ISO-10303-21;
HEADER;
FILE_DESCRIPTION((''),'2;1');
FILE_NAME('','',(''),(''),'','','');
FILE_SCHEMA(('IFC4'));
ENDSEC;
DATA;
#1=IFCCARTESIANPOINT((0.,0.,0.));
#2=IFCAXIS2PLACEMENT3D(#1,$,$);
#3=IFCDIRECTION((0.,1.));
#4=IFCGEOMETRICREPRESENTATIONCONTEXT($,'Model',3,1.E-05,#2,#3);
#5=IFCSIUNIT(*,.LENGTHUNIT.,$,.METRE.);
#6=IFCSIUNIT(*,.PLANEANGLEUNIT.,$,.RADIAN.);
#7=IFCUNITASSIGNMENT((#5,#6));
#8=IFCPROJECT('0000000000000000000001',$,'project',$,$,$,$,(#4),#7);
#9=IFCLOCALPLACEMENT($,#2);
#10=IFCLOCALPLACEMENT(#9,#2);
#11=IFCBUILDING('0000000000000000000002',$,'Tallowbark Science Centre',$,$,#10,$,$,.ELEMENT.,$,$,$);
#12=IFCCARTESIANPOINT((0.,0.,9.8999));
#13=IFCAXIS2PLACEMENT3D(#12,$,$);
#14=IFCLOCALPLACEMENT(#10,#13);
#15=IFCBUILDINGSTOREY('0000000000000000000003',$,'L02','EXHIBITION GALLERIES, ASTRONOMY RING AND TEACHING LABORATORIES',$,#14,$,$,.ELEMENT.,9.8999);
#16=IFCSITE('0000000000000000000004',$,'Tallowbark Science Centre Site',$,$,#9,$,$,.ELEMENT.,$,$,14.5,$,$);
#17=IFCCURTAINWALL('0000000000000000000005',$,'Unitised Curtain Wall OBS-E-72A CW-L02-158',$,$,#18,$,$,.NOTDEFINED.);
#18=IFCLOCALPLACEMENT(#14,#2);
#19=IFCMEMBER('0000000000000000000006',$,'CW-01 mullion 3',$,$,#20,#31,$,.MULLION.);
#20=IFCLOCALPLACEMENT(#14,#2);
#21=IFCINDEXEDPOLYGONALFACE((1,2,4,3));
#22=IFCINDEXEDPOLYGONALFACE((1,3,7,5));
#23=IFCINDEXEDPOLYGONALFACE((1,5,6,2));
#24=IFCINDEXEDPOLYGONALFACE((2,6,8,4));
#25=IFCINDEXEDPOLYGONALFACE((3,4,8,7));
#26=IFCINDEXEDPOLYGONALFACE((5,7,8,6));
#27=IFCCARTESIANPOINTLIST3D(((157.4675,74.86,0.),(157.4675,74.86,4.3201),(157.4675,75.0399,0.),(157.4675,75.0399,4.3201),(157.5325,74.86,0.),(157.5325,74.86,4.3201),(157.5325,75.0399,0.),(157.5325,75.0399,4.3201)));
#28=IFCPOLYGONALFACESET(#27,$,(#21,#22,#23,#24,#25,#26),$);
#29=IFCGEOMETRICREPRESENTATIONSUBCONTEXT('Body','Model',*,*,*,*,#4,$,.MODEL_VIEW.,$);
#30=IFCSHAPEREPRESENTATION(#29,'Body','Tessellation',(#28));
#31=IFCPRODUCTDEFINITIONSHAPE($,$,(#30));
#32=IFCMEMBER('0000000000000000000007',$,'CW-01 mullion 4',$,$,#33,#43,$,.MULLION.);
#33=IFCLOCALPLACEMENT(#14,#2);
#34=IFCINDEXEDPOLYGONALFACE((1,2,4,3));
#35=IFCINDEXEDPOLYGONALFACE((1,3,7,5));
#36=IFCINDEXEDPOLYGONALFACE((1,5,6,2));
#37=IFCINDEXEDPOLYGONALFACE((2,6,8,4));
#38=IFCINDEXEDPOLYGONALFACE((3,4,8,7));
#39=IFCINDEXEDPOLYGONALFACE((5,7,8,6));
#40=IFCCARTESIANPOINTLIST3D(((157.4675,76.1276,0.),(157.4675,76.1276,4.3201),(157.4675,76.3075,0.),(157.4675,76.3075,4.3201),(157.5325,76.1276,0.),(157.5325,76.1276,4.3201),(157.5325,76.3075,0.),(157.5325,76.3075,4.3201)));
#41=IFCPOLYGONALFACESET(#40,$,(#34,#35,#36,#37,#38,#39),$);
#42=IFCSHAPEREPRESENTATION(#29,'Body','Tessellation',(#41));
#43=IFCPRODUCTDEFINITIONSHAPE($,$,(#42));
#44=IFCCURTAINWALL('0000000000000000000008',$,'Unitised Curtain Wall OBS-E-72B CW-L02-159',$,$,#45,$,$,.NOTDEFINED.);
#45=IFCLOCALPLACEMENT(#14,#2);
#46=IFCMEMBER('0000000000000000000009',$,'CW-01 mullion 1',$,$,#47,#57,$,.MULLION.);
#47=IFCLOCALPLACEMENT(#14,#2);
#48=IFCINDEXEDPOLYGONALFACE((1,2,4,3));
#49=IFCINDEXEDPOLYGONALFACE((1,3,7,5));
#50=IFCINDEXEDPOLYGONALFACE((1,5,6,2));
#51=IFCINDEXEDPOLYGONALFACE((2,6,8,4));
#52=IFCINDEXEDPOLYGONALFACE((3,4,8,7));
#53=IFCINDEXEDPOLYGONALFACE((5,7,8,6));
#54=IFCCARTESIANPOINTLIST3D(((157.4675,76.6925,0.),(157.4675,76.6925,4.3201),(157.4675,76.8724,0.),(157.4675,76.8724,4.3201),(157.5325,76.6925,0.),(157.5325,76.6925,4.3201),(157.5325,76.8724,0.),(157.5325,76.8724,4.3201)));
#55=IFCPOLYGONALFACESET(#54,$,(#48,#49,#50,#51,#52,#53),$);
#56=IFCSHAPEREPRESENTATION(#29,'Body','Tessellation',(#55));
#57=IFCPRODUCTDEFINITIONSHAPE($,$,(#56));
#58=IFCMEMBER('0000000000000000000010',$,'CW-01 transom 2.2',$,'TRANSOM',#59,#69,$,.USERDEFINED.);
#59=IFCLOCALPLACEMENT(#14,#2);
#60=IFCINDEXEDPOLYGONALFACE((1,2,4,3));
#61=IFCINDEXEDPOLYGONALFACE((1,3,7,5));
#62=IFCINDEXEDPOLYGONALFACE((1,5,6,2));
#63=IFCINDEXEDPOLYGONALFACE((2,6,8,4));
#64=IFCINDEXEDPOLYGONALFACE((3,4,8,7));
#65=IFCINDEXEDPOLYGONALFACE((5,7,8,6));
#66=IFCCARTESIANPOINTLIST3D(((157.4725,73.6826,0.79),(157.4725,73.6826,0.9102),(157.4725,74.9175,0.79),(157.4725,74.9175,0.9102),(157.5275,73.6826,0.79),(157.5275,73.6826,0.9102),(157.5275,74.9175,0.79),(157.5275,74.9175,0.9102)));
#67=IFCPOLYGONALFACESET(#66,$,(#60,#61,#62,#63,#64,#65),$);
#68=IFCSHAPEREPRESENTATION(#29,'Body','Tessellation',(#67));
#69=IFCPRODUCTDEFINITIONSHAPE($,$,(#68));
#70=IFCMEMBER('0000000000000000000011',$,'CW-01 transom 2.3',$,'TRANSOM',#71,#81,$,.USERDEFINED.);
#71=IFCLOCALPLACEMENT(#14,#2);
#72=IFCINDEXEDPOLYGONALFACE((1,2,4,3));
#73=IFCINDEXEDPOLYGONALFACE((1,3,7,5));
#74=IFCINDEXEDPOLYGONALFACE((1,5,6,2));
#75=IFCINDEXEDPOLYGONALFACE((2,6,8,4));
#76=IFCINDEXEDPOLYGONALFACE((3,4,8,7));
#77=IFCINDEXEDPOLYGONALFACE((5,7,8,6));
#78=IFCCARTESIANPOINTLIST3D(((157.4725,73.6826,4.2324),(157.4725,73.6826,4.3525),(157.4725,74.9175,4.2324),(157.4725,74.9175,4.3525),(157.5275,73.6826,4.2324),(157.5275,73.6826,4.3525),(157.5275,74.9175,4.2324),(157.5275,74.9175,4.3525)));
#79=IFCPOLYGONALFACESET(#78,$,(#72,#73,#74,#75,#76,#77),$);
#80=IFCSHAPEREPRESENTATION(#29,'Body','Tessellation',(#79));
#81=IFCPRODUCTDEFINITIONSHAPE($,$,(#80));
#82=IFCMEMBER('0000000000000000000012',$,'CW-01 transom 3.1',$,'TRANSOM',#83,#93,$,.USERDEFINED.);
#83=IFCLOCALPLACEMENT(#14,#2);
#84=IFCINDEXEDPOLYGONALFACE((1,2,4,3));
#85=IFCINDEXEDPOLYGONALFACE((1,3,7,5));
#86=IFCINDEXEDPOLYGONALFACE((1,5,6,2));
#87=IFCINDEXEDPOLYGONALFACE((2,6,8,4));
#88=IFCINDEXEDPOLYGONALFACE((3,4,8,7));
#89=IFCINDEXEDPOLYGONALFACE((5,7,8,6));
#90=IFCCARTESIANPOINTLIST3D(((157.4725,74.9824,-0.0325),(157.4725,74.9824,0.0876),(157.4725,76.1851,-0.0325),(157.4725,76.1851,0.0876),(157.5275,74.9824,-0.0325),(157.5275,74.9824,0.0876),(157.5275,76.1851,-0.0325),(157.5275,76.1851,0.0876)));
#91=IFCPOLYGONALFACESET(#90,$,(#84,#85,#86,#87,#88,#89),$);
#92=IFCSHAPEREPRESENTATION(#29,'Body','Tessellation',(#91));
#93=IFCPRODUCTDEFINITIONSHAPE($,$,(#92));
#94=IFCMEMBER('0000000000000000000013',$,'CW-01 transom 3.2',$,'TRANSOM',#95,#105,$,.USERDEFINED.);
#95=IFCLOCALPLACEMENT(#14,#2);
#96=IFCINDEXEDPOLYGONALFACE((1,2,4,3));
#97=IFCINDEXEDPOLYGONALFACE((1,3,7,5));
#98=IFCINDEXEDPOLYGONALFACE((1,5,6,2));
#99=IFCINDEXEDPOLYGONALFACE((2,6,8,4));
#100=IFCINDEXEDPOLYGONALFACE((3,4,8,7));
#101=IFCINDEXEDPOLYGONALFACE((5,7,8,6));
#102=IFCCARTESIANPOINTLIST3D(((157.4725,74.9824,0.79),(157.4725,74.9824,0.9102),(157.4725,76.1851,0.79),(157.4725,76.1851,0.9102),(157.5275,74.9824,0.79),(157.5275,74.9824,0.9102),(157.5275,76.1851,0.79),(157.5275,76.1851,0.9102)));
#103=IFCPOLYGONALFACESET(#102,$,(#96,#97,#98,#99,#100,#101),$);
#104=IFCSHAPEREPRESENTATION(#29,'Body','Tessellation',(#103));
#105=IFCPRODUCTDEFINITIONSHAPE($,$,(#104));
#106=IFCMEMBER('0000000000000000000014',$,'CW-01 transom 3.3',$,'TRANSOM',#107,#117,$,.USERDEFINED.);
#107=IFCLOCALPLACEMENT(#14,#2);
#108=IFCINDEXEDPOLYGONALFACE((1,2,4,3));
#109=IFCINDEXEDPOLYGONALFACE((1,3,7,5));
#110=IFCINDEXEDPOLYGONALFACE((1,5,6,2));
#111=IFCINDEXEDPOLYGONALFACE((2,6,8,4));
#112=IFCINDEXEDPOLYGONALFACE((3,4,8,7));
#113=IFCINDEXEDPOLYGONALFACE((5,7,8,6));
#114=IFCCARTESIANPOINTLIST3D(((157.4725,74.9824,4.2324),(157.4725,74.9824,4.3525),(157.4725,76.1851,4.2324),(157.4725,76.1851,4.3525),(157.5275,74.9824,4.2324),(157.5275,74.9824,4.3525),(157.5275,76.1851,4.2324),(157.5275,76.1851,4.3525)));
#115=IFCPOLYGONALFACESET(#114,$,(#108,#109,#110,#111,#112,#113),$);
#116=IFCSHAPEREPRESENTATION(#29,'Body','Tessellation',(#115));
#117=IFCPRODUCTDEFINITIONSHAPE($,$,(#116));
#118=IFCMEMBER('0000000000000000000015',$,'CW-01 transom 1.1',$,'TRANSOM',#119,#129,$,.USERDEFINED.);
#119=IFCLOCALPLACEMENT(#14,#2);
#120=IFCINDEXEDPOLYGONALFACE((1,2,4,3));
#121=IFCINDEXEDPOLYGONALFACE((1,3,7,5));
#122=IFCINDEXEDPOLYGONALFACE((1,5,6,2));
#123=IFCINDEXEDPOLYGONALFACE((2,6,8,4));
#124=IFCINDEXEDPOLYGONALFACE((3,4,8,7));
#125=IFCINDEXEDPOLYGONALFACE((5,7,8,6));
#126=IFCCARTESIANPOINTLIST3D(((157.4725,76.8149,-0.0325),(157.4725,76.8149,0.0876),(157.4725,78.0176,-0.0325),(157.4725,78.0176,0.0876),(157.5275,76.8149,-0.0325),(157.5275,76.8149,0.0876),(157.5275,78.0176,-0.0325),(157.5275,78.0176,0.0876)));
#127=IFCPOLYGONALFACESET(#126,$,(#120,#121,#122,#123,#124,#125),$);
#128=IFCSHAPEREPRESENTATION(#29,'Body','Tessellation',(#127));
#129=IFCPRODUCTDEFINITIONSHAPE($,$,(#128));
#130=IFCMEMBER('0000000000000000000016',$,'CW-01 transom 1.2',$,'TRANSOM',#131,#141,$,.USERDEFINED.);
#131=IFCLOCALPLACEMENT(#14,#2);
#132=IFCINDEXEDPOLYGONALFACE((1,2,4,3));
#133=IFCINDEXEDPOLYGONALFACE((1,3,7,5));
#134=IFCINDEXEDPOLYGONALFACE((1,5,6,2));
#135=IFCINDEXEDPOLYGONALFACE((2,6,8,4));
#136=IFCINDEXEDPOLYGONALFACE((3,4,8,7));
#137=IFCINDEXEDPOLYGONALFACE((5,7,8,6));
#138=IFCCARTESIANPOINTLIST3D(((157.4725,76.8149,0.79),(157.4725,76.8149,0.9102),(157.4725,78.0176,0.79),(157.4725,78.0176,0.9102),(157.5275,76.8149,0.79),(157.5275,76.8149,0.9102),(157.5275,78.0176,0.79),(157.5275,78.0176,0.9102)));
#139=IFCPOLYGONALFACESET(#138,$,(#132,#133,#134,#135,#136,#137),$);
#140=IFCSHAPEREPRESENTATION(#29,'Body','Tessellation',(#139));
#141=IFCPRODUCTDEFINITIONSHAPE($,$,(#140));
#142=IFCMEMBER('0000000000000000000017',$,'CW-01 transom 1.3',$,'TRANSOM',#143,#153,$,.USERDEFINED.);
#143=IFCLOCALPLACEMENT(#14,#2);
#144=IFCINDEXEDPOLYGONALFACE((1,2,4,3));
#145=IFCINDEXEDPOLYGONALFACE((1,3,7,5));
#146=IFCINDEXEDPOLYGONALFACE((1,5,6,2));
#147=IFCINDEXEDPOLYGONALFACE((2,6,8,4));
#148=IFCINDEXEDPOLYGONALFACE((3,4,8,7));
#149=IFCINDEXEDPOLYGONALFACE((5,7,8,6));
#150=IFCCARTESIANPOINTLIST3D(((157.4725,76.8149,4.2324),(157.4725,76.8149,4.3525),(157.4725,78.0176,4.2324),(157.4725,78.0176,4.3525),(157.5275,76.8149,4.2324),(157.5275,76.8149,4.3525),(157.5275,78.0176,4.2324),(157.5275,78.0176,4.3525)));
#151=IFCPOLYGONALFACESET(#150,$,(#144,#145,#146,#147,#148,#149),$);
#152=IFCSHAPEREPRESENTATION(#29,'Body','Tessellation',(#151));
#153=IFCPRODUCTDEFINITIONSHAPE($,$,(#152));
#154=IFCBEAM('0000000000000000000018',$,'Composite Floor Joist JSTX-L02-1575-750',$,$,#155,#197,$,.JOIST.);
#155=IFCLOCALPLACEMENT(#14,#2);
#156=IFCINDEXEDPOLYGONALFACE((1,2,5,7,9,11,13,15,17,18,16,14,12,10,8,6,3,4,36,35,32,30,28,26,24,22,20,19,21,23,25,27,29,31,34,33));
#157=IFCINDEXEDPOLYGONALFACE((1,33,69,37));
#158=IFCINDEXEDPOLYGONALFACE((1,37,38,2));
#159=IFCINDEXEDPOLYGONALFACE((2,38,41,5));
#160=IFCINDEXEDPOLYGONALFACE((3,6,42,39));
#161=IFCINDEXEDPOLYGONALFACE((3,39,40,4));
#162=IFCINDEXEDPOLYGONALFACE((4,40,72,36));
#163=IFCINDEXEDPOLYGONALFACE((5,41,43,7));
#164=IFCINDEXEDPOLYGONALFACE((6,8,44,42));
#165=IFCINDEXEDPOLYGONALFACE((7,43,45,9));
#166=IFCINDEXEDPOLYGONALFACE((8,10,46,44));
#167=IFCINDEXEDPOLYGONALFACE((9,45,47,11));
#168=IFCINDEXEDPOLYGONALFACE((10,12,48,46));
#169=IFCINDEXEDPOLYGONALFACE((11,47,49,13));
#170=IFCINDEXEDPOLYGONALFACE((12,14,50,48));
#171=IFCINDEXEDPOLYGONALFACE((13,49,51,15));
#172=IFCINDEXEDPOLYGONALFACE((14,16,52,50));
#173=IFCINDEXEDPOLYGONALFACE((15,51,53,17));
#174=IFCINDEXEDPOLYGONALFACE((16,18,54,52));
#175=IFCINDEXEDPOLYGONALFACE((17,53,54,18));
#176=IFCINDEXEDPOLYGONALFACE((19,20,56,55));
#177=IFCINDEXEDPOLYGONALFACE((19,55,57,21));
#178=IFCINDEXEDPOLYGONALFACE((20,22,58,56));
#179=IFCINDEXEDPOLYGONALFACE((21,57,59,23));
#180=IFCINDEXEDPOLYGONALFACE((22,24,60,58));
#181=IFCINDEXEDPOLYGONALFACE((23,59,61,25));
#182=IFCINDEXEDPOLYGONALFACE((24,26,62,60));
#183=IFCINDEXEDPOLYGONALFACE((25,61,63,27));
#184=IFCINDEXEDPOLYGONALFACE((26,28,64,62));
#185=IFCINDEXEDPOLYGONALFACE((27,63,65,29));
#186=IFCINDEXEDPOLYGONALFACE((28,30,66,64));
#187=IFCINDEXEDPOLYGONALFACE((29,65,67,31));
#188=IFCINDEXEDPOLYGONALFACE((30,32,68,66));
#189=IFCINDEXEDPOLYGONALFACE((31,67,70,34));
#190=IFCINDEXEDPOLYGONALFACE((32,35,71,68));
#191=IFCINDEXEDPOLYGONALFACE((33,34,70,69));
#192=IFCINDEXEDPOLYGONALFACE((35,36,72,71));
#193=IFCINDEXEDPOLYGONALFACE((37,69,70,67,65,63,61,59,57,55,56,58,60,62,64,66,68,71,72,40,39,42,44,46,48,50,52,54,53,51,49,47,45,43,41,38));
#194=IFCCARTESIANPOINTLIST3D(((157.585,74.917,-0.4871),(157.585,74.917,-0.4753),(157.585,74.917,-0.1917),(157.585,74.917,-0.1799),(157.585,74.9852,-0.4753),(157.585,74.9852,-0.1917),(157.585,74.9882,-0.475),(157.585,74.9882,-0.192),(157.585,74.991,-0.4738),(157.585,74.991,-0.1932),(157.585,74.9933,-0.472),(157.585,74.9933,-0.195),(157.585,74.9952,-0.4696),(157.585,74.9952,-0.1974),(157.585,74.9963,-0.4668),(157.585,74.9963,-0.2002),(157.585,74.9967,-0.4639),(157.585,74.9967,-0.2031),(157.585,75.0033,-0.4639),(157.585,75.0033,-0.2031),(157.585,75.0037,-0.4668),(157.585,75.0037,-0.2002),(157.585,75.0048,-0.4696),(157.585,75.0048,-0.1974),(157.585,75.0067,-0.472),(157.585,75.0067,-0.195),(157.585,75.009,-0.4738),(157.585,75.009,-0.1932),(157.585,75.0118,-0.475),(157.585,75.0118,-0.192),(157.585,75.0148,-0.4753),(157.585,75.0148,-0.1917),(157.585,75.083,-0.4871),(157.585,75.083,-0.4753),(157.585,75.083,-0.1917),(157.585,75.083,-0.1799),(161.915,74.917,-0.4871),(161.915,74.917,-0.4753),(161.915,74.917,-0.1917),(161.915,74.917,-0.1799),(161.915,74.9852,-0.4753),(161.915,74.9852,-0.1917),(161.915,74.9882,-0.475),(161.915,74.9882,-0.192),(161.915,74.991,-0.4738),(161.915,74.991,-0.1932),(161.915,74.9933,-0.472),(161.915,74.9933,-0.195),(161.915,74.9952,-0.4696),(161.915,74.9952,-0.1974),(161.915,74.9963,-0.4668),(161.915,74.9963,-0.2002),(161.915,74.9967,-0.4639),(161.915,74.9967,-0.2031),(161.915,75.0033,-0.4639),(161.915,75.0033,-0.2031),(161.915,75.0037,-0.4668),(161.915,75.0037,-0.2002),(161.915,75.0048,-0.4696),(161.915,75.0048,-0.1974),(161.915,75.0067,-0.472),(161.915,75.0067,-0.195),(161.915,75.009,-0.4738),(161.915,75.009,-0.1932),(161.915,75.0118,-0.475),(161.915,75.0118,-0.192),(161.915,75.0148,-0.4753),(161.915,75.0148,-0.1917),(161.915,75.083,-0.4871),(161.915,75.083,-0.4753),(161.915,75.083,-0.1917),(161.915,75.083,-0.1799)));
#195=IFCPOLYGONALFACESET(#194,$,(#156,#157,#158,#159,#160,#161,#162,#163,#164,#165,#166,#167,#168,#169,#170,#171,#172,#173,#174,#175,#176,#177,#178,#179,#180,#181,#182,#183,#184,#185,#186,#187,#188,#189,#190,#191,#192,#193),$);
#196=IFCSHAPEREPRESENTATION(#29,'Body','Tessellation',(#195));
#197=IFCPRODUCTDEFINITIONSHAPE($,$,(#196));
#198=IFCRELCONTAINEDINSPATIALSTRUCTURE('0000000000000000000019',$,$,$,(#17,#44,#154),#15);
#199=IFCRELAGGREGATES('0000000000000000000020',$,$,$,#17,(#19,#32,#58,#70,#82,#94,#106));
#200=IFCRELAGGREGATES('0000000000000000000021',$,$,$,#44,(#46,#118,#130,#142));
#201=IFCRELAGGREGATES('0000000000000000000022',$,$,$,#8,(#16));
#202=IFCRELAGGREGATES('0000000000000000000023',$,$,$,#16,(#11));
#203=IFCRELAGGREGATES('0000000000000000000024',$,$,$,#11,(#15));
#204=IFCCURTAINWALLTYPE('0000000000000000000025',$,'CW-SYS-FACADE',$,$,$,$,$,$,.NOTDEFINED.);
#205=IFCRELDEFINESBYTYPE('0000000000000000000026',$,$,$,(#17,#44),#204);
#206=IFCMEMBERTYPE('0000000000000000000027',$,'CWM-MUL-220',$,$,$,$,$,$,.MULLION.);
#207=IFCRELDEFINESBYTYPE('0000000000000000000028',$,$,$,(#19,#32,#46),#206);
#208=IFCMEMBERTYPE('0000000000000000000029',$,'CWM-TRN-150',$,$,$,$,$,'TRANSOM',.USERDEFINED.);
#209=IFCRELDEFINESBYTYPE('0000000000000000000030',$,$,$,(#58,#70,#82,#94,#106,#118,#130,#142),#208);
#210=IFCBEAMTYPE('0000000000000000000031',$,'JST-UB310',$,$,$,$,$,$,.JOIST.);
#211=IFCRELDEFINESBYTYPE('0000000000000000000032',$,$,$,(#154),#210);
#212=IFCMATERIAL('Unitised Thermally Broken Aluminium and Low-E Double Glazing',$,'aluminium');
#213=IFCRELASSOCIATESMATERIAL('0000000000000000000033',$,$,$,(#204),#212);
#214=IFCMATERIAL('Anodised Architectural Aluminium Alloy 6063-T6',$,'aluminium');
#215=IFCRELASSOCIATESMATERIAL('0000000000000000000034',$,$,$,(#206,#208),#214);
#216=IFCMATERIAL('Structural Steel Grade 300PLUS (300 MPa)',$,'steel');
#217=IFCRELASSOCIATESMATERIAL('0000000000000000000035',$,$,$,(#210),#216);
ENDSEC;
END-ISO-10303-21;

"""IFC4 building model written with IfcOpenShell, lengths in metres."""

from ifc_helpers import new_model, si_unit, direction, frame, origin, origin_2d, place, context, subcontext, project, spatial, rectangle, i_section, extrude, material, material_profile, profile_set, type_object, element, aggregate, save


model = new_model("IFC4")

# Units and contexts
model_context = context("Model", 3, precision=1e-05, world=origin(), true_north=direction((0.0, 1.0)))
body_context = subcontext(model_context, "Body", "Model", "MODEL_VIEW")
ifc_project = project(units=[si_unit("LENGTHUNIT", "METRE"), si_unit("PLANEANGLEUNIT", "RADIAN")], contexts=[model_context])

# Site, building, storey
site_placement = place(None, origin())
site = spatial("IfcSite", under=ifc_project, at=site_placement, Name="Tallowbark Science Centre Site", CompositionType="ELEMENT", RefElevation=14.5)
building_placement = place(site_placement, origin())
building = spatial("IfcBuilding", under=site, at=building_placement, Name="Tallowbark Science Centre", CompositionType="ELEMENT")
storey_placement = place(building_placement, frame((0.0, 0.0, 9.8999)))
storey = spatial("IfcBuildingStorey", under=building, at=storey_placement, Name="L02", Description="EXHIBITION GALLERIES, ASTRONOMY RING AND TEACHING LABORATORIES", CompositionType="ELEMENT", Elevation=9.8999)

# Curtain wall, members
ifc_material_1 = material(Name="Unitised Thermally Broken Aluminium and Low-E Double Glazing", Category="aluminium")
curtain_wall_type = type_object("IfcCurtainWallType", Name="CW-SYS-FACADE", PredefinedType="NOTDEFINED", material=ifc_material_1)
curtain_wall_1_placement = place(storey_placement, origin())
curtain_wall_1 = element("IfcCurtainWall", 1, at=curtain_wall_1_placement, inside=storey, type_object=curtain_wall_type, Name="Unitised Curtain Wall OBS-E-72A CW-L02-158", PredefinedType="NOTDEFINED")
ifc_material_2 = material(Name="Anodised Architectural Aluminium Alloy 6063-T6", Category="aluminium")
ifc_material_profile_1 = material_profile(ifc_material_2, rectangle(XDim=0.0649, YDim=0.1799, at=origin_2d()), Name="ALU65x180")
ifc_profile_set_1 = profile_set([ifc_material_profile_1], Name="Anodised Architectural Aluminium Alloy 6063-T6")
member_type_1 = type_object("IfcMemberType", Name="CWM-MUL-220", PredefinedType="MULLION", material=ifc_profile_set_1)
member_1_placement = place(storey_placement, frame((157.5, 74.95, 0.0), z_axis=(0.0, 0.0, 1.0), x_axis=(-1.0, 0.0, 0.0)))
member_1 = element("IfcMember", 2, at=member_1_placement, type_object=member_type_1, Name="CW-01 mullion 3", PredefinedType="MULLION", context=body_context, shape_type="SweptSolid", body=[
    extrude(rectangle(XDim=0.0649, YDim=0.1799, at=origin_2d()), origin(), (0.0, 0.0, 1.0), 4.3201),
])
member_2_placement = place(storey_placement, frame((157.5, 76.2175, 0.0), z_axis=(0.0, 0.0, 1.0), x_axis=(-1.0, 0.0, 0.0)))
member_2 = element("IfcMember", 3, at=member_2_placement, type_object=member_type_1, Name="CW-01 mullion 4", PredefinedType="MULLION", context=body_context, shape_type="SweptSolid", body=[
    extrude(rectangle(XDim=0.0649, YDim=0.1799, at=origin_2d()), origin(), (0.0, 0.0, 1.0), 4.3201),
])

# Curtain wall, member
curtain_wall_2_placement = place(storey_placement, origin())
curtain_wall_2 = element("IfcCurtainWall", 4, at=curtain_wall_2_placement, inside=storey, type_object=curtain_wall_type, Name="Unitised Curtain Wall OBS-E-72B CW-L02-159", PredefinedType="NOTDEFINED")
member_3_placement = place(storey_placement, frame((157.5, 76.7825, 0.0), z_axis=(0.0, 0.0, 1.0), x_axis=(-1.0, 0.0, 0.0)))
member_3 = element("IfcMember", 5, at=member_3_placement, type_object=member_type_1, Name="CW-01 mullion 1", PredefinedType="MULLION", context=body_context, shape_type="SweptSolid", body=[
    extrude(rectangle(XDim=0.0649, YDim=0.1799, at=origin_2d()), origin(), (0.0, 0.0, 1.0), 4.3201),
])

# Members
ifc_material_profile_2 = material_profile(ifc_material_2, rectangle(XDim=0.0549, YDim=0.1201, at=origin_2d()), Name="ALU55x120")
ifc_profile_set_2 = profile_set([ifc_material_profile_2], Name="Anodised Architectural Aluminium Alloy 6063-T6")
member_type_2 = type_object("IfcMemberType", Name="CWM-TRN-150", ElementType="TRANSOM", PredefinedType="USERDEFINED", material=ifc_profile_set_2)
member_4_placement = place(storey_placement, frame((157.5, 73.6826, 0.8501), z_axis=(0.0, 1.0, 0.0), x_axis=(-1.0, 0.0, 0.0)))
member_4 = element("IfcMember", 6, at=member_4_placement, type_object=member_type_2, Name="CW-01 transom 2.2", ObjectType="TRANSOM", PredefinedType="USERDEFINED", context=body_context, shape_type="SweptSolid", body=[
    extrude(rectangle(XDim=0.0549, YDim=0.1201, at=origin_2d()), origin(), (0.0, 0.0, 1.0), 1.2349),
])
member_5_placement = place(storey_placement, frame((157.5, 73.6826, 4.2925), z_axis=(0.0, 1.0, 0.0), x_axis=(-1.0, 0.0, 0.0)))
member_5 = element("IfcMember", 7, at=member_5_placement, type_object=member_type_2, Name="CW-01 transom 2.3", ObjectType="TRANSOM", PredefinedType="USERDEFINED", context=body_context, shape_type="SweptSolid", body=[
    extrude(rectangle(XDim=0.0549, YDim=0.1201, at=origin_2d()), origin(), (0.0, 0.0, 1.0), 1.2349),
])
member_6_placement = place(storey_placement, frame((157.5, 74.9824, 0.0276), z_axis=(0.0, 1.0, 0.0), x_axis=(-1.0, 0.0, 0.0)))
member_6 = element("IfcMember", 8, at=member_6_placement, type_object=member_type_2, Name="CW-01 transom 3.1", ObjectType="TRANSOM", PredefinedType="USERDEFINED", context=body_context, shape_type="SweptSolid", body=[
    extrude(rectangle(XDim=0.0549, YDim=0.1201, at=origin_2d()), origin(), (0.0, 0.0, 1.0), 1.2026),
])
member_7_placement = place(storey_placement, frame((157.5, 74.9824, 0.8501), z_axis=(0.0, 1.0, 0.0), x_axis=(-1.0, 0.0, 0.0)))
member_7 = element("IfcMember", 9, at=member_7_placement, type_object=member_type_2, Name="CW-01 transom 3.2", ObjectType="TRANSOM", PredefinedType="USERDEFINED", context=body_context, shape_type="SweptSolid", body=[
    extrude(rectangle(XDim=0.0549, YDim=0.1201, at=origin_2d()), origin(), (0.0, 0.0, 1.0), 1.2026),
])
member_8_placement = place(storey_placement, frame((157.5, 74.9824, 4.2925), z_axis=(0.0, 1.0, 0.0), x_axis=(-1.0, 0.0, 0.0)))
member_8 = element("IfcMember", 10, at=member_8_placement, type_object=member_type_2, Name="CW-01 transom 3.3", ObjectType="TRANSOM", PredefinedType="USERDEFINED", context=body_context, shape_type="SweptSolid", body=[
    extrude(rectangle(XDim=0.0549, YDim=0.1201, at=origin_2d()), origin(), (0.0, 0.0, 1.0), 1.2026),
])
member_9_placement = place(storey_placement, frame((157.5, 76.8149, 0.0276), z_axis=(0.0, 1.0, 0.0), x_axis=(-1.0, 0.0, 0.0)))
member_9 = element("IfcMember", 11, at=member_9_placement, type_object=member_type_2, Name="CW-01 transom 1.1", ObjectType="TRANSOM", PredefinedType="USERDEFINED", context=body_context, shape_type="SweptSolid", body=[
    extrude(rectangle(XDim=0.0549, YDim=0.1201, at=origin_2d()), origin(), (0.0, 0.0, 1.0), 1.2026),
])
member_10_placement = place(storey_placement, frame((157.5, 76.8149, 0.8501), z_axis=(0.0, 1.0, 0.0), x_axis=(-1.0, 0.0, 0.0)))
member_10 = element("IfcMember", 12, at=member_10_placement, type_object=member_type_2, Name="CW-01 transom 1.2", ObjectType="TRANSOM", PredefinedType="USERDEFINED", context=body_context, shape_type="SweptSolid", body=[
    extrude(rectangle(XDim=0.0549, YDim=0.1201, at=origin_2d()), origin(), (0.0, 0.0, 1.0), 1.2026),
])
member_11_placement = place(storey_placement, frame((157.5, 76.8149, 4.2925), z_axis=(0.0, 1.0, 0.0), x_axis=(-1.0, 0.0, 0.0)))
member_11 = element("IfcMember", 13, at=member_11_placement, type_object=member_type_2, Name="CW-01 transom 1.3", ObjectType="TRANSOM", PredefinedType="USERDEFINED", context=body_context, shape_type="SweptSolid", body=[
    extrude(rectangle(XDim=0.0549, YDim=0.1201, at=origin_2d()), origin(), (0.0, 0.0, 1.0), 1.2026),
])

# Beam
ifc_material_3 = material(Name="Structural Steel Grade 300PLUS (300 MPa)", Category="steel")
ifc_material_profile_3 = material_profile(ifc_material_3, i_section(OverallWidth=0.166, OverallDepth=0.3071, WebThickness=0.0066, FlangeThickness=0.0117, FilletRadius=0.0115, at=origin_2d()), Name="310UB46.2")
ifc_profile_set_3 = profile_set([ifc_material_profile_3], Name="Structural Steel Grade 300PLUS (300 MPa)")
beam_type_1 = type_object("IfcBeamType", Name="JST-UB310", PredefinedType="JOIST", material=ifc_profile_set_3)
beam_1_placement = place(storey_placement, frame((157.585, 75.0, -0.3335), z_axis=(1.0, 0.0, 0.0), x_axis=(0.0, 1.0, 0.0)))
element("IfcBeam", 14, at=beam_1_placement, inside=storey, type_object=beam_type_1, Name="Composite Floor Joist JSTX-L02-1575-750", PredefinedType="JOIST", context=body_context, shape_type="SweptSolid", body=[
    extrude(i_section(OverallWidth=0.166, OverallDepth=0.3071, WebThickness=0.0066, FlangeThickness=0.0117, FilletRadius=0.0115, at=origin_2d()), origin(), (0.0, 0.0, 1.0), 4.3301),
])

aggregate(curtain_wall_1, [member_1, member_2, member_4, member_5, member_6, member_7, member_8])
aggregate(curtain_wall_2, [member_3, member_9, member_10, member_11])

save(model, "model.ifc")
